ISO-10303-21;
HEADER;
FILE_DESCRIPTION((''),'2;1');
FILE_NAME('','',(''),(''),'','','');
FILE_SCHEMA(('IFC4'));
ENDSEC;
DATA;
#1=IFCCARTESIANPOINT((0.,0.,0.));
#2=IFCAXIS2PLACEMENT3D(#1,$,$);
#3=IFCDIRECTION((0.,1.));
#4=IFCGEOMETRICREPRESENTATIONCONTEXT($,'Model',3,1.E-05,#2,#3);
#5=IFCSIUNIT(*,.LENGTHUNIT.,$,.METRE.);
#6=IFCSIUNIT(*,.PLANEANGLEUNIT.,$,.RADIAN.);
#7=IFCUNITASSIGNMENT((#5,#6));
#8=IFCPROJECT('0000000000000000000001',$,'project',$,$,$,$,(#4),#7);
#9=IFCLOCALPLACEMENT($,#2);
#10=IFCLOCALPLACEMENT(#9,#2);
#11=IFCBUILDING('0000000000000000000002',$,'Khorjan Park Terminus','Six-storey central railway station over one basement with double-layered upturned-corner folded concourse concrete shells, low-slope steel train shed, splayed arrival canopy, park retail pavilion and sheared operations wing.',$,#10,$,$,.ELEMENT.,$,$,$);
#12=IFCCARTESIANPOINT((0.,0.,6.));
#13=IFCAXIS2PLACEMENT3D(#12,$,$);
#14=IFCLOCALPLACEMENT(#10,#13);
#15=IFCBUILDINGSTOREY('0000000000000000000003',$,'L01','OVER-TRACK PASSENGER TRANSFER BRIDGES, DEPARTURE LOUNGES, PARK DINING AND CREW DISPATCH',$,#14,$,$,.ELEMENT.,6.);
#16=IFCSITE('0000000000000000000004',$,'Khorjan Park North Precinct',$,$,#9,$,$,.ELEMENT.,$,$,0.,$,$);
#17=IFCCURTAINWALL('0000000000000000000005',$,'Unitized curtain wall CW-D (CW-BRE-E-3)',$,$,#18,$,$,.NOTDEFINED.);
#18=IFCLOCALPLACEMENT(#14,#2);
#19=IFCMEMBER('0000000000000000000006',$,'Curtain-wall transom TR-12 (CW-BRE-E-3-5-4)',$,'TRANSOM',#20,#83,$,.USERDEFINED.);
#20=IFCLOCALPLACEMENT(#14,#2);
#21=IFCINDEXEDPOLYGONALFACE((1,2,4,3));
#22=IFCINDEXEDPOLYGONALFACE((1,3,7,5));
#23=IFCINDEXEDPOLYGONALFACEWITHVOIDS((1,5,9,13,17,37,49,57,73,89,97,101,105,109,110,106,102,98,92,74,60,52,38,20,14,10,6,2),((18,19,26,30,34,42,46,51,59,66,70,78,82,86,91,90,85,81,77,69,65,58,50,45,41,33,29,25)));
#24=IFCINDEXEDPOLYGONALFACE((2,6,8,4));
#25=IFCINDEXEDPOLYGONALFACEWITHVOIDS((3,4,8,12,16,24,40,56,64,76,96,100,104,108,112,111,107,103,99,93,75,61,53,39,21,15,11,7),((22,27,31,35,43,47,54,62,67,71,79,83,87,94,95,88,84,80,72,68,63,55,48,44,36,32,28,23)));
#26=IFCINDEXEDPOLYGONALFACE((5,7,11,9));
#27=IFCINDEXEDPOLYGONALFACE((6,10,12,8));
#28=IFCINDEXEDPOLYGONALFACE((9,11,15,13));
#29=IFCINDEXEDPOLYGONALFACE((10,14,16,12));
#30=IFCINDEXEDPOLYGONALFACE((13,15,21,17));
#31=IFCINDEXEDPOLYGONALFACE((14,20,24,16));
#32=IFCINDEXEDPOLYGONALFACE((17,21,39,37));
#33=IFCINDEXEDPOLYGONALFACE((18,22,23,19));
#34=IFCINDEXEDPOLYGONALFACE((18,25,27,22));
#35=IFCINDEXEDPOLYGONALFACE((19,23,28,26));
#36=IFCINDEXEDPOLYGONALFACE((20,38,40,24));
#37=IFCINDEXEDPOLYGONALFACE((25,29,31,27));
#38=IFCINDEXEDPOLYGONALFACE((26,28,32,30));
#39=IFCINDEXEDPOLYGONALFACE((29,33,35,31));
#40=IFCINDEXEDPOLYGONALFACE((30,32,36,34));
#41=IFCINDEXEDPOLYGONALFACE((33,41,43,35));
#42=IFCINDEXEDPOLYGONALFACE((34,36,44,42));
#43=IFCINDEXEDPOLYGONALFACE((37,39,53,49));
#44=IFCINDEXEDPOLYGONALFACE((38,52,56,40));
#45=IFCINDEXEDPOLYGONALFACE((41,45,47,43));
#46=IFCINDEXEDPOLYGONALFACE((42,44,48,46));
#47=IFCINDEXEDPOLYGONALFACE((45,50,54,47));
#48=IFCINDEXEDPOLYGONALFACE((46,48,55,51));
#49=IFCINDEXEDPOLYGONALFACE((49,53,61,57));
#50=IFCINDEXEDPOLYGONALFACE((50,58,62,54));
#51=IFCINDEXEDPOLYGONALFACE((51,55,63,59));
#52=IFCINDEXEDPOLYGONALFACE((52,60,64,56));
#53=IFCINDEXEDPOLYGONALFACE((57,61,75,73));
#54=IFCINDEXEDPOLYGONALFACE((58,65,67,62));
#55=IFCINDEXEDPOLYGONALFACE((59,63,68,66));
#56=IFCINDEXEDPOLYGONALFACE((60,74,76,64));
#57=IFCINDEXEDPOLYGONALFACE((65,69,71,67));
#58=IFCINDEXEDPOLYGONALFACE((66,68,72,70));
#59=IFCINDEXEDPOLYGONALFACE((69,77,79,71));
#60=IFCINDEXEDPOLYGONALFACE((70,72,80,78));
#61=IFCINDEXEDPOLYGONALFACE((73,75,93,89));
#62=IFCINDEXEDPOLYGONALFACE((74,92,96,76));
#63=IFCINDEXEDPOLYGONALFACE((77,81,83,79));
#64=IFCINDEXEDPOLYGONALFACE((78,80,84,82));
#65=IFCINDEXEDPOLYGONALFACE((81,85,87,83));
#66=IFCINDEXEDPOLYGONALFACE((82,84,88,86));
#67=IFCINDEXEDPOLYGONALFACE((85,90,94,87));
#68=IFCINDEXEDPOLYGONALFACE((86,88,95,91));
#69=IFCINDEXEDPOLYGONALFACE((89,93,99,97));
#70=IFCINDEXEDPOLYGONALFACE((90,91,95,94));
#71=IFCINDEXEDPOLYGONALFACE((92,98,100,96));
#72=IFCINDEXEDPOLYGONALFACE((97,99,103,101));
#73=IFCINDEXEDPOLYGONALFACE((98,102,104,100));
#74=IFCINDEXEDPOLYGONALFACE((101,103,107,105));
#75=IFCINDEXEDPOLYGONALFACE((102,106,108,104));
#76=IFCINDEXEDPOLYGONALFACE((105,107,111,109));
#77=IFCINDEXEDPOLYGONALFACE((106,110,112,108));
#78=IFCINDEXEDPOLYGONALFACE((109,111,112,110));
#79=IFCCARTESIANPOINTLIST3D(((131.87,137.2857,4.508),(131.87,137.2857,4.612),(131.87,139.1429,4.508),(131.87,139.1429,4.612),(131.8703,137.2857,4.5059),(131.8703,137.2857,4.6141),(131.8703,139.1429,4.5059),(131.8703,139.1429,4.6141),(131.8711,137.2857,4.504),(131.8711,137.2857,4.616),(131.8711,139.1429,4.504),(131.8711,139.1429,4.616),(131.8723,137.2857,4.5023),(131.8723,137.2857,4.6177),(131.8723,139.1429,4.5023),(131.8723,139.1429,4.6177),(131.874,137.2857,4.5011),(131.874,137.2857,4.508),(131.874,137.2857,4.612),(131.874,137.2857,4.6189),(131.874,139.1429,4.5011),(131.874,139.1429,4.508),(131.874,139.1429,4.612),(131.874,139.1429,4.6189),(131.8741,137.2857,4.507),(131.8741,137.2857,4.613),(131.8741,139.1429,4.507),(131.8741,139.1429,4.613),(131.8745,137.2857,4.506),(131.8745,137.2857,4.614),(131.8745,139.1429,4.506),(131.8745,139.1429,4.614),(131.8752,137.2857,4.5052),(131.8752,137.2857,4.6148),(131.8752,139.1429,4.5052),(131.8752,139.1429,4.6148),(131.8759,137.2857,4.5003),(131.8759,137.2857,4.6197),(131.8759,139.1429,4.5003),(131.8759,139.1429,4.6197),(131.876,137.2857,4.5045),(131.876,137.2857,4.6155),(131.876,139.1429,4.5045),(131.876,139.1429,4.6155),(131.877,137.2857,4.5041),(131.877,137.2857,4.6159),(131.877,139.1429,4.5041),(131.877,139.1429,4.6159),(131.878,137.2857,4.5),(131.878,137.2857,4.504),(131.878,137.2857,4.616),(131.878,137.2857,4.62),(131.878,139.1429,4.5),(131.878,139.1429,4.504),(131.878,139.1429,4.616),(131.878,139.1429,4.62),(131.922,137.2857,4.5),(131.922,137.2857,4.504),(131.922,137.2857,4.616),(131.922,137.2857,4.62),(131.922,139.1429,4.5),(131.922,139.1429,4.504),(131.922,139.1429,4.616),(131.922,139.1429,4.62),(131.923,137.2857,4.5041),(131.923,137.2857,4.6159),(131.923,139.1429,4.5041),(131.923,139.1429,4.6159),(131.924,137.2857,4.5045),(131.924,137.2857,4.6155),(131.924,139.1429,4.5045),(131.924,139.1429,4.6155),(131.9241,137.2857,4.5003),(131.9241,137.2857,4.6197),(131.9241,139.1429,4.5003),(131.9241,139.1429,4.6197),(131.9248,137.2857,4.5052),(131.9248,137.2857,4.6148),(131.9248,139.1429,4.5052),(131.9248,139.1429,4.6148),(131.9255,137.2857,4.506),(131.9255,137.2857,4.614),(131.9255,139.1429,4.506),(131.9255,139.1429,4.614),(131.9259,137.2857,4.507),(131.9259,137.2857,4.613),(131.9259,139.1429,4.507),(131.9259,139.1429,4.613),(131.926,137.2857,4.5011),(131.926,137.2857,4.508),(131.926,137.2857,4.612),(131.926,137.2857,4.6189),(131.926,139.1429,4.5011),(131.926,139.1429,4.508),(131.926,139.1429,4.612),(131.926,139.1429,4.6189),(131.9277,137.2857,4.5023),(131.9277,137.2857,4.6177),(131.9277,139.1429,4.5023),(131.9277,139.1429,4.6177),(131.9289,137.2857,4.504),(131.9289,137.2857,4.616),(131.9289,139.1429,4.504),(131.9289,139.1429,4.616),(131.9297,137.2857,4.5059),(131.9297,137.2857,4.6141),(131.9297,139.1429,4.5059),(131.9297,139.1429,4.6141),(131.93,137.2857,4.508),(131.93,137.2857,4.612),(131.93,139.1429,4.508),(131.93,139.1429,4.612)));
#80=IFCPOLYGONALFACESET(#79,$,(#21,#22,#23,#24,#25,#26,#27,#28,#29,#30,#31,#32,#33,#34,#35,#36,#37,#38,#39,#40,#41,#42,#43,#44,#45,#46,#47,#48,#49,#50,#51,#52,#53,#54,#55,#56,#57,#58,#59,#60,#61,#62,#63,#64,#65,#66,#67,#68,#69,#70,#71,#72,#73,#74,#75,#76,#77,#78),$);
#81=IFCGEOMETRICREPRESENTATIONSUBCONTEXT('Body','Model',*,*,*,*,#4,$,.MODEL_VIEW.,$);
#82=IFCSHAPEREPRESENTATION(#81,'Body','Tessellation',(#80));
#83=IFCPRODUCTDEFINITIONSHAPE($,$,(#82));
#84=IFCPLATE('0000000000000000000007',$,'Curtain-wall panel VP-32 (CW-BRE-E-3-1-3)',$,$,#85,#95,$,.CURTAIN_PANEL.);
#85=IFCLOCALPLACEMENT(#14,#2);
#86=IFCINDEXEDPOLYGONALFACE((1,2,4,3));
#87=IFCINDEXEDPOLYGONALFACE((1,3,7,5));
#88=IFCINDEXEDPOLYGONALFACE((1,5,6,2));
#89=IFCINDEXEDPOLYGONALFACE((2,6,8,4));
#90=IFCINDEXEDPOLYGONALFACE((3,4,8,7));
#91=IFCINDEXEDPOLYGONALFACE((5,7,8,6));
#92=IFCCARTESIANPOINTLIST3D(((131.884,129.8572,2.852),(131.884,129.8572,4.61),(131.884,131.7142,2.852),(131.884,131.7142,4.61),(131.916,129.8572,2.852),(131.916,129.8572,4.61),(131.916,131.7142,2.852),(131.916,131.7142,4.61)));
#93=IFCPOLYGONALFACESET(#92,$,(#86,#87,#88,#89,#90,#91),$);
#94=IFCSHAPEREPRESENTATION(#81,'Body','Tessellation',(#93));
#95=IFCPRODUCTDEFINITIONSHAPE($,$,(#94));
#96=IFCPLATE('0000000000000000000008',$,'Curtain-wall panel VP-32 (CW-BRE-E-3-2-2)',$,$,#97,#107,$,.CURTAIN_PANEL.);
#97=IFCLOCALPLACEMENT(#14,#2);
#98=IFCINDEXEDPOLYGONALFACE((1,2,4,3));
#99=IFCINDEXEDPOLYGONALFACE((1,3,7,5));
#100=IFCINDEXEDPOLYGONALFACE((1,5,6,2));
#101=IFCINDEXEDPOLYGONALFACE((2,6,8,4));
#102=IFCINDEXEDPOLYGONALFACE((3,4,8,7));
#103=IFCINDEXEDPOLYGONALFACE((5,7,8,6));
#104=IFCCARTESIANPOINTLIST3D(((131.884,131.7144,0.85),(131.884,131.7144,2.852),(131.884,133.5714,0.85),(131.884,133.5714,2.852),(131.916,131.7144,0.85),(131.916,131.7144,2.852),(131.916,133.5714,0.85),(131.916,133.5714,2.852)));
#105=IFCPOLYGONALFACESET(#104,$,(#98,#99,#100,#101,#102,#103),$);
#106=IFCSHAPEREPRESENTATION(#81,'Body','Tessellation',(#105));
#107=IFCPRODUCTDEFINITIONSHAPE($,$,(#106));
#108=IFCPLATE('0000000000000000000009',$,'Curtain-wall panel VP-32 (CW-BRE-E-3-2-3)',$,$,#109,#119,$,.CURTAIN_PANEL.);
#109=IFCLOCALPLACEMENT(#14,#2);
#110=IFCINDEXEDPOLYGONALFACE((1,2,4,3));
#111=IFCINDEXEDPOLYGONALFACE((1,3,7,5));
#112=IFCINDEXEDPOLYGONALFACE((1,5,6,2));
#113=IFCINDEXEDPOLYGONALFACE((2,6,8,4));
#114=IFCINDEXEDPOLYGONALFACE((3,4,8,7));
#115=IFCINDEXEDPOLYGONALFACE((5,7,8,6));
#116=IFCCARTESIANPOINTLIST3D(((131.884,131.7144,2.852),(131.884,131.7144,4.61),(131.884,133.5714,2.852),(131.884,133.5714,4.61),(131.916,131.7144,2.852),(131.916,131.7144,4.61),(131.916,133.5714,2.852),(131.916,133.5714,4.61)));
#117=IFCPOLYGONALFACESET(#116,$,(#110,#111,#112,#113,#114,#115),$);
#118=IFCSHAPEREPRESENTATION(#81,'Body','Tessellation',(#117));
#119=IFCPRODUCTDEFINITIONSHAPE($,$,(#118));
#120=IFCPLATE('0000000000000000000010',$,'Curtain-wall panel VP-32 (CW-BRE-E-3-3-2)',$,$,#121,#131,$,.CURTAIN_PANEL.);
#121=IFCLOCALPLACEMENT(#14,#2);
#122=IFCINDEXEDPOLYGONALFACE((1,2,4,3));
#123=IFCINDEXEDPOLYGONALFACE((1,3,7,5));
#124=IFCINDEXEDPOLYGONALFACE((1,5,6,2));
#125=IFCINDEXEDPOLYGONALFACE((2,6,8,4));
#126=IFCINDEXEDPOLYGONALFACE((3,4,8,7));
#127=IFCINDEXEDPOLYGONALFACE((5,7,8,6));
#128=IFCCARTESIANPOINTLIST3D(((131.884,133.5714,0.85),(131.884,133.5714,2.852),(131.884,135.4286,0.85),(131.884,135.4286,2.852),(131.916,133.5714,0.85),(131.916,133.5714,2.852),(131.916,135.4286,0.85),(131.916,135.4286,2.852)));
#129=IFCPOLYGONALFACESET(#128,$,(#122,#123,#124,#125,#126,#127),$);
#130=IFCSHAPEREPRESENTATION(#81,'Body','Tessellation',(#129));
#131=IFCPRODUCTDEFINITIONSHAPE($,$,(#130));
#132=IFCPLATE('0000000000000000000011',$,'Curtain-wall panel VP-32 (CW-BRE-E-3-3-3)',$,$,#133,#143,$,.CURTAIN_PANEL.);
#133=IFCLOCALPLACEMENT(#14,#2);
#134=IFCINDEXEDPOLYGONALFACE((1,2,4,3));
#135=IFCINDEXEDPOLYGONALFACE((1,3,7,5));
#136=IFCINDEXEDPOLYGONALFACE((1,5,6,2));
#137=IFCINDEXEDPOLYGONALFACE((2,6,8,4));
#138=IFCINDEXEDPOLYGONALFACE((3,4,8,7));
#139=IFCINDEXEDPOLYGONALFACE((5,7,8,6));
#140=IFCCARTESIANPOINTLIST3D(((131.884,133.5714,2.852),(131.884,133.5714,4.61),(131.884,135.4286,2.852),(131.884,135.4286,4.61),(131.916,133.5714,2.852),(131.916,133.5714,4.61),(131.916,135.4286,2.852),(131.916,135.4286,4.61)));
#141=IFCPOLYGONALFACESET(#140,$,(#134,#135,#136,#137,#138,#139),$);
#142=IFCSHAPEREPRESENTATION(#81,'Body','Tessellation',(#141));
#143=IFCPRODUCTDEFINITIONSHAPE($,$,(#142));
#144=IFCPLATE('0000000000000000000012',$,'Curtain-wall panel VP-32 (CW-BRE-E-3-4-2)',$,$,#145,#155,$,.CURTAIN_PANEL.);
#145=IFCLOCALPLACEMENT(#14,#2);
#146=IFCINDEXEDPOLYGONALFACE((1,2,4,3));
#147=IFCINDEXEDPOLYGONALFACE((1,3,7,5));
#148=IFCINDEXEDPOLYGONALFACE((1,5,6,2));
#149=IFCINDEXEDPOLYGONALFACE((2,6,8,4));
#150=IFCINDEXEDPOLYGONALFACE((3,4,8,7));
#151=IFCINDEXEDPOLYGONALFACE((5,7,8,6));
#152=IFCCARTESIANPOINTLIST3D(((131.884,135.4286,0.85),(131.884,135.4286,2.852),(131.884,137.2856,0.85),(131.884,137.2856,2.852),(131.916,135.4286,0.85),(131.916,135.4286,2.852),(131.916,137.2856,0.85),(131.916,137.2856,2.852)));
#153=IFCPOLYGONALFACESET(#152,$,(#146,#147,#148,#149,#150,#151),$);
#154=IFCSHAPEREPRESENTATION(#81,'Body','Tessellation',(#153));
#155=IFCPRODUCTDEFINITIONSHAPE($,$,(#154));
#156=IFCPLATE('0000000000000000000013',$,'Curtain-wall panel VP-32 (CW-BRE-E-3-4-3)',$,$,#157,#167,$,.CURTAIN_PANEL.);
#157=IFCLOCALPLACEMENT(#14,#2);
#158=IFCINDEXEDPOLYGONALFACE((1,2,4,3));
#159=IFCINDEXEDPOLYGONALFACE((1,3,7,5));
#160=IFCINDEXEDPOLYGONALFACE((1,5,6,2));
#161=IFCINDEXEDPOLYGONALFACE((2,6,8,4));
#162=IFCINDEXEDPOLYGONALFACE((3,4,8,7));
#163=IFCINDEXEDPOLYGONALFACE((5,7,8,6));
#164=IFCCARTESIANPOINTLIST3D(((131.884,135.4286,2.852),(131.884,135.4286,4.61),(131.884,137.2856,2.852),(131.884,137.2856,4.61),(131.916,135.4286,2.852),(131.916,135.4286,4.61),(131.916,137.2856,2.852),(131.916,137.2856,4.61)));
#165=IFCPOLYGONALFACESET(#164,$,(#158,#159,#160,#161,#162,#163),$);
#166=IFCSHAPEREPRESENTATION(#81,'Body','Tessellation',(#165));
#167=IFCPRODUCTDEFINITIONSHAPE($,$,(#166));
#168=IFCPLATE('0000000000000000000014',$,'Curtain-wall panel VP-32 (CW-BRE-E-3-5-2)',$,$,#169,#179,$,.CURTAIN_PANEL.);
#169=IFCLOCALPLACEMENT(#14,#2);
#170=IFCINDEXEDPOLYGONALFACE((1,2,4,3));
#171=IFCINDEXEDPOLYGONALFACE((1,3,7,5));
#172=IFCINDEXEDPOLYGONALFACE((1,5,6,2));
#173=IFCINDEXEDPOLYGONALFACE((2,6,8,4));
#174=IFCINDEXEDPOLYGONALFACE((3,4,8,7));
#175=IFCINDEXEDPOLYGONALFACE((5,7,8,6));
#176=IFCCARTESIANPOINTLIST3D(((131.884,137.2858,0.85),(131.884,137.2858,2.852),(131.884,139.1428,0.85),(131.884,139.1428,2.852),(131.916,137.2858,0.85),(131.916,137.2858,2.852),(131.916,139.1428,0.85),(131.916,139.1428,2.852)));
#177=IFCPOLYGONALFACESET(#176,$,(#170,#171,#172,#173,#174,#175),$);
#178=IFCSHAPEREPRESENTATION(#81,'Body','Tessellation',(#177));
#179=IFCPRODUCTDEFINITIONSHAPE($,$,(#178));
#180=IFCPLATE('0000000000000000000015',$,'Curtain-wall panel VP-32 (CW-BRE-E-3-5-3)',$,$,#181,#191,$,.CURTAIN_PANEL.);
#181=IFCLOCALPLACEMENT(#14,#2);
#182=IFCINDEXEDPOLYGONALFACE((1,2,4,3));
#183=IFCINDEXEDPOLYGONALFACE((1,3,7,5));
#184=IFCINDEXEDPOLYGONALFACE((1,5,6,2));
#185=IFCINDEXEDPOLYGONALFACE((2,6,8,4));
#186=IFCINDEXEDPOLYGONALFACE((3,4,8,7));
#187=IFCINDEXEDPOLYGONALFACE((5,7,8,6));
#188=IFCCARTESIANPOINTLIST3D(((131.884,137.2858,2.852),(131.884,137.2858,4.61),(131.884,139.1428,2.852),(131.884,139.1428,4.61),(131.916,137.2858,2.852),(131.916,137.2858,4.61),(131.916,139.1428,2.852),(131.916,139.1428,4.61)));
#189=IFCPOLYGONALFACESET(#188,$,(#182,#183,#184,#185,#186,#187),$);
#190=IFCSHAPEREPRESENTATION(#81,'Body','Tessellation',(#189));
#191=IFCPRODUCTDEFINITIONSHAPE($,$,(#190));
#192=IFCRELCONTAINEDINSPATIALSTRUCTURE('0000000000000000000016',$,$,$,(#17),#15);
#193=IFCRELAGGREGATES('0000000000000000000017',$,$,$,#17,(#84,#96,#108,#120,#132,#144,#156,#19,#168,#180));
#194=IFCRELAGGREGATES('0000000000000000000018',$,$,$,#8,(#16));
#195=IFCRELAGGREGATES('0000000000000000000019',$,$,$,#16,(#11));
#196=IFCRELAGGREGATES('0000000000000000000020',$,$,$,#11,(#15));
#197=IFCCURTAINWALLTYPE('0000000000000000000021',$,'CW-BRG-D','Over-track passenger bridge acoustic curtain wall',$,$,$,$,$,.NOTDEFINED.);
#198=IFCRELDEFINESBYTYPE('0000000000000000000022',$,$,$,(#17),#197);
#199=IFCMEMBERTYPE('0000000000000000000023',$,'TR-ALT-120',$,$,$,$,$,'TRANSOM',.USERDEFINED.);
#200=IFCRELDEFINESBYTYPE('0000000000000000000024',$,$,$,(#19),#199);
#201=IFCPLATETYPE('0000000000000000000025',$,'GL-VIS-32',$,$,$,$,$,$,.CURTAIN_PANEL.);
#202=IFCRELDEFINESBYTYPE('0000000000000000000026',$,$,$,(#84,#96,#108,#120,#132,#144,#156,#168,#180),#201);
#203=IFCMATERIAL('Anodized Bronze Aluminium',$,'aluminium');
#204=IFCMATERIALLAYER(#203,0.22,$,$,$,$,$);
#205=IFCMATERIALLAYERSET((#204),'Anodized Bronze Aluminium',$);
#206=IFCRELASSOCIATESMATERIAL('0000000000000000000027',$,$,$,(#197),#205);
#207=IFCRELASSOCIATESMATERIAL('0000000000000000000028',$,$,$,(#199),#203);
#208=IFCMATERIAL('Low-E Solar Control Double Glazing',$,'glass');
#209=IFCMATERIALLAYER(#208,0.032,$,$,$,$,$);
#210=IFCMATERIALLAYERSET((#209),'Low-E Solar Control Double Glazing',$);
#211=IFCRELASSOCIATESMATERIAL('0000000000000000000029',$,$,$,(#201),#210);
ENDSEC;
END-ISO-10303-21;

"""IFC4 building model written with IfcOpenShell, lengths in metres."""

from ifc_helpers import new_model, si_unit, direction, frame, origin, origin_2d, place, context, subcontext, project, spatial, rectangle, hollow_rectangle, extrude, material, layer, layer_set, material_profile, profile_set, type_object, element, aggregate, save


model = new_model("IFC4")

# Units and contexts
model_context = context("Model", 3, precision=1e-05, world=origin(), true_north=direction((0.0, 1.0)))
body_context = subcontext(model_context, "Body", "Model", "MODEL_VIEW")
ifc_project = project(units=[si_unit("LENGTHUNIT", "METRE"), si_unit("PLANEANGLEUNIT", "RADIAN")], contexts=[model_context])

# Site, building, storey
site_placement = place(None, origin())
site = spatial("IfcSite", under=ifc_project, at=site_placement, Name="Khorjan Park North Precinct", CompositionType="ELEMENT", RefElevation=0.0)
building_placement = place(site_placement, origin())
building = spatial("IfcBuilding", under=site, at=building_placement, Name="Khorjan Park Terminus", Description="Six-storey central railway station over one basement with double-layered upturned-corner folded concourse concrete shells, low-slope steel train shed, splayed arrival canopy, park retail pavilion and sheared operations wing.", CompositionType="ELEMENT")
storey_placement = place(building_placement, frame((0.0, 0.0, 6.0)))
storey = spatial("IfcBuildingStorey", under=building, at=storey_placement, Name="L01", Description="OVER-TRACK PASSENGER TRANSFER BRIDGES, DEPARTURE LOUNGES, PARK DINING AND CREW DISPATCH", CompositionType="ELEMENT", Elevation=6.0)

# Curtain wall, member, plates
ifc_material_1 = material(Name="Anodized Bronze Aluminium", Category="aluminium")
ifc_layer_1 = layer(ifc_material_1, 0.22)
ifc_layer_set_1 = layer_set([ifc_layer_1], Name="Anodized Bronze Aluminium")
curtain_wall_type = type_object("IfcCurtainWallType", Name="CW-BRG-D", Description="Over-track passenger bridge acoustic curtain wall", PredefinedType="NOTDEFINED", material=ifc_layer_set_1)
curtain_wall_placement = place(storey_placement, origin())
curtain_wall = element("IfcCurtainWall", 1, at=curtain_wall_placement, inside=storey, type_object=curtain_wall_type, Name="Unitized curtain wall CW-D (CW-BRE-E-3)", PredefinedType="NOTDEFINED")
ifc_material_profile_1 = material_profile(ifc_material_1, hollow_rectangle(XDim=0.06, YDim=0.12, WallThickness=0.004, InnerFilletRadius=0.004, OuterFilletRadius=0.008, at=origin_2d()), Name="ALT 60x120x4")
ifc_profile_set_1 = profile_set([ifc_material_profile_1], Name="Anodized Bronze Aluminium")
member_type_1 = type_object("IfcMemberType", Name="TR-ALT-120", ElementType="TRANSOM", PredefinedType="USERDEFINED", material=ifc_profile_set_1)
member_1_placement = place(storey_placement, frame((131.9, 137.2857, 4.56), z_axis=(0.0, 1.0, 0.0), x_axis=(-1.0, 0.0, 0.0)))
member_1 = element("IfcMember", 2, at=member_1_placement, type_object=member_type_1, Name="Curtain-wall transom TR-12 (CW-BRE-E-3-5-4)", ObjectType="TRANSOM", PredefinedType="USERDEFINED", context=body_context, shape_type="SweptSolid", body=[
    extrude(hollow_rectangle(XDim=0.06, YDim=0.12, WallThickness=0.004, InnerFilletRadius=0.004, OuterFilletRadius=0.008, at=origin_2d()), origin(), (0.0, 0.0, 1.0), 1.8572),
])
ifc_material_2 = material(Name="Low-E Solar Control Double Glazing", Category="glass")
ifc_layer_2 = layer(ifc_material_2, 0.032)
ifc_layer_set_2 = layer_set([ifc_layer_2], Name="Low-E Solar Control Double Glazing")
plate_type_1 = type_object("IfcPlateType", Name="GL-VIS-32", PredefinedType="CURTAIN_PANEL", material=ifc_layer_set_2)
plate_1_placement = place(storey_placement, frame((131.9, 130.7857, 2.852), z_axis=(0.0, 0.0, 1.0), x_axis=(0.0, 1.0, 0.0)))
plate_1 = element("IfcPlate", 3, at=plate_1_placement, type_object=plate_type_1, Name="Curtain-wall panel VP-32 (CW-BRE-E-3-1-3)", PredefinedType="CURTAIN_PANEL", context=body_context, shape_type="SweptSolid", body=[
    extrude(rectangle(XDim=1.8571, YDim=0.032, at=origin_2d()), origin(), (0.0, 0.0, 1.0), 1.758),
])
plate_2_placement = place(storey_placement, frame((131.9, 132.6429, 0.85), z_axis=(0.0, 0.0, 1.0), x_axis=(0.0, 1.0, 0.0)))
plate_2 = element("IfcPlate", 4, at=plate_2_placement, type_object=plate_type_1, Name="Curtain-wall panel VP-32 (CW-BRE-E-3-2-2)", PredefinedType="CURTAIN_PANEL", context=body_context, shape_type="SweptSolid", body=[
    extrude(rectangle(XDim=1.8571, YDim=0.032, at=origin_2d()), origin(), (0.0, 0.0, 1.0), 2.002),
])
plate_3_placement = place(storey_placement, frame((131.9, 132.6429, 2.852), z_axis=(0.0, 0.0, 1.0), x_axis=(0.0, 1.0, 0.0)))
plate_3 = element("IfcPlate", 5, at=plate_3_placement, type_object=plate_type_1, Name="Curtain-wall panel VP-32 (CW-BRE-E-3-2-3)", PredefinedType="CURTAIN_PANEL", context=body_context, shape_type="SweptSolid", body=[
    extrude(rectangle(XDim=1.8571, YDim=0.032, at=origin_2d()), origin(), (0.0, 0.0, 1.0), 1.758),
])
plate_4_placement = place(storey_placement, frame((131.9, 134.5, 0.85), z_axis=(0.0, 0.0, 1.0), x_axis=(0.0, 1.0, 0.0)))
plate_4 = element("IfcPlate", 6, at=plate_4_placement, type_object=plate_type_1, Name="Curtain-wall panel VP-32 (CW-BRE-E-3-3-2)", PredefinedType="CURTAIN_PANEL", context=body_context, shape_type="SweptSolid", body=[
    extrude(rectangle(XDim=1.8571, YDim=0.032, at=origin_2d()), origin(), (0.0, 0.0, 1.0), 2.002),
])
plate_5_placement = place(storey_placement, frame((131.9, 134.5, 2.852), z_axis=(0.0, 0.0, 1.0), x_axis=(0.0, 1.0, 0.0)))
plate_5 = element("IfcPlate", 7, at=plate_5_placement, type_object=plate_type_1, Name="Curtain-wall panel VP-32 (CW-BRE-E-3-3-3)", PredefinedType="CURTAIN_PANEL", context=body_context, shape_type="SweptSolid", body=[
    extrude(rectangle(XDim=1.8571, YDim=0.032, at=origin_2d()), origin(), (0.0, 0.0, 1.0), 1.758),
])
plate_6_placement = place(storey_placement, frame((131.9, 136.3571, 0.85), z_axis=(0.0, 0.0, 1.0), x_axis=(0.0, 1.0, 0.0)))
plate_6 = element("IfcPlate", 8, at=plate_6_placement, type_object=plate_type_1, Name="Curtain-wall panel VP-32 (CW-BRE-E-3-4-2)", PredefinedType="CURTAIN_PANEL", context=body_context, shape_type="SweptSolid", body=[
    extrude(rectangle(XDim=1.8571, YDim=0.032, at=origin_2d()), origin(), (0.0, 0.0, 1.0), 2.002),
])
plate_7_placement = place(storey_placement, frame((131.9, 136.3571, 2.852), z_axis=(0.0, 0.0, 1.0), x_axis=(0.0, 1.0, 0.0)))
plate_7 = element("IfcPlate", 9, at=plate_7_placement, type_object=plate_type_1, Name="Curtain-wall panel VP-32 (CW-BRE-E-3-4-3)", PredefinedType="CURTAIN_PANEL", context=body_context, shape_type="SweptSolid", body=[
    extrude(rectangle(XDim=1.8571, YDim=0.032, at=origin_2d()), origin(), (0.0, 0.0, 1.0), 1.758),
])
plate_8_placement = place(storey_placement, frame((131.9, 138.2143, 0.85), z_axis=(0.0, 0.0, 1.0), x_axis=(0.0, 1.0, 0.0)))
plate_8 = element("IfcPlate", 10, at=plate_8_placement, type_object=plate_type_1, Name="Curtain-wall panel VP-32 (CW-BRE-E-3-5-2)", PredefinedType="CURTAIN_PANEL", context=body_context, shape_type="SweptSolid", body=[
    extrude(rectangle(XDim=1.8571, YDim=0.032, at=origin_2d()), origin(), (0.0, 0.0, 1.0), 2.002),
])
plate_9_placement = place(storey_placement, frame((131.9, 138.2143, 2.852), z_axis=(0.0, 0.0, 1.0), x_axis=(0.0, 1.0, 0.0)))
plate_9 = element("IfcPlate", 11, at=plate_9_placement, type_object=plate_type_1, Name="Curtain-wall panel VP-32 (CW-BRE-E-3-5-3)", PredefinedType="CURTAIN_PANEL", context=body_context, shape_type="SweptSolid", body=[
    extrude(rectangle(XDim=1.8571, YDim=0.032, at=origin_2d()), origin(), (0.0, 0.0, 1.0), 1.758),
])
aggregate(curtain_wall, [plate_1, plate_2, plate_3, plate_4, plate_5, plate_6, plate_7, member_1, plate_8, plate_9])

save(model, "model.ifc")
